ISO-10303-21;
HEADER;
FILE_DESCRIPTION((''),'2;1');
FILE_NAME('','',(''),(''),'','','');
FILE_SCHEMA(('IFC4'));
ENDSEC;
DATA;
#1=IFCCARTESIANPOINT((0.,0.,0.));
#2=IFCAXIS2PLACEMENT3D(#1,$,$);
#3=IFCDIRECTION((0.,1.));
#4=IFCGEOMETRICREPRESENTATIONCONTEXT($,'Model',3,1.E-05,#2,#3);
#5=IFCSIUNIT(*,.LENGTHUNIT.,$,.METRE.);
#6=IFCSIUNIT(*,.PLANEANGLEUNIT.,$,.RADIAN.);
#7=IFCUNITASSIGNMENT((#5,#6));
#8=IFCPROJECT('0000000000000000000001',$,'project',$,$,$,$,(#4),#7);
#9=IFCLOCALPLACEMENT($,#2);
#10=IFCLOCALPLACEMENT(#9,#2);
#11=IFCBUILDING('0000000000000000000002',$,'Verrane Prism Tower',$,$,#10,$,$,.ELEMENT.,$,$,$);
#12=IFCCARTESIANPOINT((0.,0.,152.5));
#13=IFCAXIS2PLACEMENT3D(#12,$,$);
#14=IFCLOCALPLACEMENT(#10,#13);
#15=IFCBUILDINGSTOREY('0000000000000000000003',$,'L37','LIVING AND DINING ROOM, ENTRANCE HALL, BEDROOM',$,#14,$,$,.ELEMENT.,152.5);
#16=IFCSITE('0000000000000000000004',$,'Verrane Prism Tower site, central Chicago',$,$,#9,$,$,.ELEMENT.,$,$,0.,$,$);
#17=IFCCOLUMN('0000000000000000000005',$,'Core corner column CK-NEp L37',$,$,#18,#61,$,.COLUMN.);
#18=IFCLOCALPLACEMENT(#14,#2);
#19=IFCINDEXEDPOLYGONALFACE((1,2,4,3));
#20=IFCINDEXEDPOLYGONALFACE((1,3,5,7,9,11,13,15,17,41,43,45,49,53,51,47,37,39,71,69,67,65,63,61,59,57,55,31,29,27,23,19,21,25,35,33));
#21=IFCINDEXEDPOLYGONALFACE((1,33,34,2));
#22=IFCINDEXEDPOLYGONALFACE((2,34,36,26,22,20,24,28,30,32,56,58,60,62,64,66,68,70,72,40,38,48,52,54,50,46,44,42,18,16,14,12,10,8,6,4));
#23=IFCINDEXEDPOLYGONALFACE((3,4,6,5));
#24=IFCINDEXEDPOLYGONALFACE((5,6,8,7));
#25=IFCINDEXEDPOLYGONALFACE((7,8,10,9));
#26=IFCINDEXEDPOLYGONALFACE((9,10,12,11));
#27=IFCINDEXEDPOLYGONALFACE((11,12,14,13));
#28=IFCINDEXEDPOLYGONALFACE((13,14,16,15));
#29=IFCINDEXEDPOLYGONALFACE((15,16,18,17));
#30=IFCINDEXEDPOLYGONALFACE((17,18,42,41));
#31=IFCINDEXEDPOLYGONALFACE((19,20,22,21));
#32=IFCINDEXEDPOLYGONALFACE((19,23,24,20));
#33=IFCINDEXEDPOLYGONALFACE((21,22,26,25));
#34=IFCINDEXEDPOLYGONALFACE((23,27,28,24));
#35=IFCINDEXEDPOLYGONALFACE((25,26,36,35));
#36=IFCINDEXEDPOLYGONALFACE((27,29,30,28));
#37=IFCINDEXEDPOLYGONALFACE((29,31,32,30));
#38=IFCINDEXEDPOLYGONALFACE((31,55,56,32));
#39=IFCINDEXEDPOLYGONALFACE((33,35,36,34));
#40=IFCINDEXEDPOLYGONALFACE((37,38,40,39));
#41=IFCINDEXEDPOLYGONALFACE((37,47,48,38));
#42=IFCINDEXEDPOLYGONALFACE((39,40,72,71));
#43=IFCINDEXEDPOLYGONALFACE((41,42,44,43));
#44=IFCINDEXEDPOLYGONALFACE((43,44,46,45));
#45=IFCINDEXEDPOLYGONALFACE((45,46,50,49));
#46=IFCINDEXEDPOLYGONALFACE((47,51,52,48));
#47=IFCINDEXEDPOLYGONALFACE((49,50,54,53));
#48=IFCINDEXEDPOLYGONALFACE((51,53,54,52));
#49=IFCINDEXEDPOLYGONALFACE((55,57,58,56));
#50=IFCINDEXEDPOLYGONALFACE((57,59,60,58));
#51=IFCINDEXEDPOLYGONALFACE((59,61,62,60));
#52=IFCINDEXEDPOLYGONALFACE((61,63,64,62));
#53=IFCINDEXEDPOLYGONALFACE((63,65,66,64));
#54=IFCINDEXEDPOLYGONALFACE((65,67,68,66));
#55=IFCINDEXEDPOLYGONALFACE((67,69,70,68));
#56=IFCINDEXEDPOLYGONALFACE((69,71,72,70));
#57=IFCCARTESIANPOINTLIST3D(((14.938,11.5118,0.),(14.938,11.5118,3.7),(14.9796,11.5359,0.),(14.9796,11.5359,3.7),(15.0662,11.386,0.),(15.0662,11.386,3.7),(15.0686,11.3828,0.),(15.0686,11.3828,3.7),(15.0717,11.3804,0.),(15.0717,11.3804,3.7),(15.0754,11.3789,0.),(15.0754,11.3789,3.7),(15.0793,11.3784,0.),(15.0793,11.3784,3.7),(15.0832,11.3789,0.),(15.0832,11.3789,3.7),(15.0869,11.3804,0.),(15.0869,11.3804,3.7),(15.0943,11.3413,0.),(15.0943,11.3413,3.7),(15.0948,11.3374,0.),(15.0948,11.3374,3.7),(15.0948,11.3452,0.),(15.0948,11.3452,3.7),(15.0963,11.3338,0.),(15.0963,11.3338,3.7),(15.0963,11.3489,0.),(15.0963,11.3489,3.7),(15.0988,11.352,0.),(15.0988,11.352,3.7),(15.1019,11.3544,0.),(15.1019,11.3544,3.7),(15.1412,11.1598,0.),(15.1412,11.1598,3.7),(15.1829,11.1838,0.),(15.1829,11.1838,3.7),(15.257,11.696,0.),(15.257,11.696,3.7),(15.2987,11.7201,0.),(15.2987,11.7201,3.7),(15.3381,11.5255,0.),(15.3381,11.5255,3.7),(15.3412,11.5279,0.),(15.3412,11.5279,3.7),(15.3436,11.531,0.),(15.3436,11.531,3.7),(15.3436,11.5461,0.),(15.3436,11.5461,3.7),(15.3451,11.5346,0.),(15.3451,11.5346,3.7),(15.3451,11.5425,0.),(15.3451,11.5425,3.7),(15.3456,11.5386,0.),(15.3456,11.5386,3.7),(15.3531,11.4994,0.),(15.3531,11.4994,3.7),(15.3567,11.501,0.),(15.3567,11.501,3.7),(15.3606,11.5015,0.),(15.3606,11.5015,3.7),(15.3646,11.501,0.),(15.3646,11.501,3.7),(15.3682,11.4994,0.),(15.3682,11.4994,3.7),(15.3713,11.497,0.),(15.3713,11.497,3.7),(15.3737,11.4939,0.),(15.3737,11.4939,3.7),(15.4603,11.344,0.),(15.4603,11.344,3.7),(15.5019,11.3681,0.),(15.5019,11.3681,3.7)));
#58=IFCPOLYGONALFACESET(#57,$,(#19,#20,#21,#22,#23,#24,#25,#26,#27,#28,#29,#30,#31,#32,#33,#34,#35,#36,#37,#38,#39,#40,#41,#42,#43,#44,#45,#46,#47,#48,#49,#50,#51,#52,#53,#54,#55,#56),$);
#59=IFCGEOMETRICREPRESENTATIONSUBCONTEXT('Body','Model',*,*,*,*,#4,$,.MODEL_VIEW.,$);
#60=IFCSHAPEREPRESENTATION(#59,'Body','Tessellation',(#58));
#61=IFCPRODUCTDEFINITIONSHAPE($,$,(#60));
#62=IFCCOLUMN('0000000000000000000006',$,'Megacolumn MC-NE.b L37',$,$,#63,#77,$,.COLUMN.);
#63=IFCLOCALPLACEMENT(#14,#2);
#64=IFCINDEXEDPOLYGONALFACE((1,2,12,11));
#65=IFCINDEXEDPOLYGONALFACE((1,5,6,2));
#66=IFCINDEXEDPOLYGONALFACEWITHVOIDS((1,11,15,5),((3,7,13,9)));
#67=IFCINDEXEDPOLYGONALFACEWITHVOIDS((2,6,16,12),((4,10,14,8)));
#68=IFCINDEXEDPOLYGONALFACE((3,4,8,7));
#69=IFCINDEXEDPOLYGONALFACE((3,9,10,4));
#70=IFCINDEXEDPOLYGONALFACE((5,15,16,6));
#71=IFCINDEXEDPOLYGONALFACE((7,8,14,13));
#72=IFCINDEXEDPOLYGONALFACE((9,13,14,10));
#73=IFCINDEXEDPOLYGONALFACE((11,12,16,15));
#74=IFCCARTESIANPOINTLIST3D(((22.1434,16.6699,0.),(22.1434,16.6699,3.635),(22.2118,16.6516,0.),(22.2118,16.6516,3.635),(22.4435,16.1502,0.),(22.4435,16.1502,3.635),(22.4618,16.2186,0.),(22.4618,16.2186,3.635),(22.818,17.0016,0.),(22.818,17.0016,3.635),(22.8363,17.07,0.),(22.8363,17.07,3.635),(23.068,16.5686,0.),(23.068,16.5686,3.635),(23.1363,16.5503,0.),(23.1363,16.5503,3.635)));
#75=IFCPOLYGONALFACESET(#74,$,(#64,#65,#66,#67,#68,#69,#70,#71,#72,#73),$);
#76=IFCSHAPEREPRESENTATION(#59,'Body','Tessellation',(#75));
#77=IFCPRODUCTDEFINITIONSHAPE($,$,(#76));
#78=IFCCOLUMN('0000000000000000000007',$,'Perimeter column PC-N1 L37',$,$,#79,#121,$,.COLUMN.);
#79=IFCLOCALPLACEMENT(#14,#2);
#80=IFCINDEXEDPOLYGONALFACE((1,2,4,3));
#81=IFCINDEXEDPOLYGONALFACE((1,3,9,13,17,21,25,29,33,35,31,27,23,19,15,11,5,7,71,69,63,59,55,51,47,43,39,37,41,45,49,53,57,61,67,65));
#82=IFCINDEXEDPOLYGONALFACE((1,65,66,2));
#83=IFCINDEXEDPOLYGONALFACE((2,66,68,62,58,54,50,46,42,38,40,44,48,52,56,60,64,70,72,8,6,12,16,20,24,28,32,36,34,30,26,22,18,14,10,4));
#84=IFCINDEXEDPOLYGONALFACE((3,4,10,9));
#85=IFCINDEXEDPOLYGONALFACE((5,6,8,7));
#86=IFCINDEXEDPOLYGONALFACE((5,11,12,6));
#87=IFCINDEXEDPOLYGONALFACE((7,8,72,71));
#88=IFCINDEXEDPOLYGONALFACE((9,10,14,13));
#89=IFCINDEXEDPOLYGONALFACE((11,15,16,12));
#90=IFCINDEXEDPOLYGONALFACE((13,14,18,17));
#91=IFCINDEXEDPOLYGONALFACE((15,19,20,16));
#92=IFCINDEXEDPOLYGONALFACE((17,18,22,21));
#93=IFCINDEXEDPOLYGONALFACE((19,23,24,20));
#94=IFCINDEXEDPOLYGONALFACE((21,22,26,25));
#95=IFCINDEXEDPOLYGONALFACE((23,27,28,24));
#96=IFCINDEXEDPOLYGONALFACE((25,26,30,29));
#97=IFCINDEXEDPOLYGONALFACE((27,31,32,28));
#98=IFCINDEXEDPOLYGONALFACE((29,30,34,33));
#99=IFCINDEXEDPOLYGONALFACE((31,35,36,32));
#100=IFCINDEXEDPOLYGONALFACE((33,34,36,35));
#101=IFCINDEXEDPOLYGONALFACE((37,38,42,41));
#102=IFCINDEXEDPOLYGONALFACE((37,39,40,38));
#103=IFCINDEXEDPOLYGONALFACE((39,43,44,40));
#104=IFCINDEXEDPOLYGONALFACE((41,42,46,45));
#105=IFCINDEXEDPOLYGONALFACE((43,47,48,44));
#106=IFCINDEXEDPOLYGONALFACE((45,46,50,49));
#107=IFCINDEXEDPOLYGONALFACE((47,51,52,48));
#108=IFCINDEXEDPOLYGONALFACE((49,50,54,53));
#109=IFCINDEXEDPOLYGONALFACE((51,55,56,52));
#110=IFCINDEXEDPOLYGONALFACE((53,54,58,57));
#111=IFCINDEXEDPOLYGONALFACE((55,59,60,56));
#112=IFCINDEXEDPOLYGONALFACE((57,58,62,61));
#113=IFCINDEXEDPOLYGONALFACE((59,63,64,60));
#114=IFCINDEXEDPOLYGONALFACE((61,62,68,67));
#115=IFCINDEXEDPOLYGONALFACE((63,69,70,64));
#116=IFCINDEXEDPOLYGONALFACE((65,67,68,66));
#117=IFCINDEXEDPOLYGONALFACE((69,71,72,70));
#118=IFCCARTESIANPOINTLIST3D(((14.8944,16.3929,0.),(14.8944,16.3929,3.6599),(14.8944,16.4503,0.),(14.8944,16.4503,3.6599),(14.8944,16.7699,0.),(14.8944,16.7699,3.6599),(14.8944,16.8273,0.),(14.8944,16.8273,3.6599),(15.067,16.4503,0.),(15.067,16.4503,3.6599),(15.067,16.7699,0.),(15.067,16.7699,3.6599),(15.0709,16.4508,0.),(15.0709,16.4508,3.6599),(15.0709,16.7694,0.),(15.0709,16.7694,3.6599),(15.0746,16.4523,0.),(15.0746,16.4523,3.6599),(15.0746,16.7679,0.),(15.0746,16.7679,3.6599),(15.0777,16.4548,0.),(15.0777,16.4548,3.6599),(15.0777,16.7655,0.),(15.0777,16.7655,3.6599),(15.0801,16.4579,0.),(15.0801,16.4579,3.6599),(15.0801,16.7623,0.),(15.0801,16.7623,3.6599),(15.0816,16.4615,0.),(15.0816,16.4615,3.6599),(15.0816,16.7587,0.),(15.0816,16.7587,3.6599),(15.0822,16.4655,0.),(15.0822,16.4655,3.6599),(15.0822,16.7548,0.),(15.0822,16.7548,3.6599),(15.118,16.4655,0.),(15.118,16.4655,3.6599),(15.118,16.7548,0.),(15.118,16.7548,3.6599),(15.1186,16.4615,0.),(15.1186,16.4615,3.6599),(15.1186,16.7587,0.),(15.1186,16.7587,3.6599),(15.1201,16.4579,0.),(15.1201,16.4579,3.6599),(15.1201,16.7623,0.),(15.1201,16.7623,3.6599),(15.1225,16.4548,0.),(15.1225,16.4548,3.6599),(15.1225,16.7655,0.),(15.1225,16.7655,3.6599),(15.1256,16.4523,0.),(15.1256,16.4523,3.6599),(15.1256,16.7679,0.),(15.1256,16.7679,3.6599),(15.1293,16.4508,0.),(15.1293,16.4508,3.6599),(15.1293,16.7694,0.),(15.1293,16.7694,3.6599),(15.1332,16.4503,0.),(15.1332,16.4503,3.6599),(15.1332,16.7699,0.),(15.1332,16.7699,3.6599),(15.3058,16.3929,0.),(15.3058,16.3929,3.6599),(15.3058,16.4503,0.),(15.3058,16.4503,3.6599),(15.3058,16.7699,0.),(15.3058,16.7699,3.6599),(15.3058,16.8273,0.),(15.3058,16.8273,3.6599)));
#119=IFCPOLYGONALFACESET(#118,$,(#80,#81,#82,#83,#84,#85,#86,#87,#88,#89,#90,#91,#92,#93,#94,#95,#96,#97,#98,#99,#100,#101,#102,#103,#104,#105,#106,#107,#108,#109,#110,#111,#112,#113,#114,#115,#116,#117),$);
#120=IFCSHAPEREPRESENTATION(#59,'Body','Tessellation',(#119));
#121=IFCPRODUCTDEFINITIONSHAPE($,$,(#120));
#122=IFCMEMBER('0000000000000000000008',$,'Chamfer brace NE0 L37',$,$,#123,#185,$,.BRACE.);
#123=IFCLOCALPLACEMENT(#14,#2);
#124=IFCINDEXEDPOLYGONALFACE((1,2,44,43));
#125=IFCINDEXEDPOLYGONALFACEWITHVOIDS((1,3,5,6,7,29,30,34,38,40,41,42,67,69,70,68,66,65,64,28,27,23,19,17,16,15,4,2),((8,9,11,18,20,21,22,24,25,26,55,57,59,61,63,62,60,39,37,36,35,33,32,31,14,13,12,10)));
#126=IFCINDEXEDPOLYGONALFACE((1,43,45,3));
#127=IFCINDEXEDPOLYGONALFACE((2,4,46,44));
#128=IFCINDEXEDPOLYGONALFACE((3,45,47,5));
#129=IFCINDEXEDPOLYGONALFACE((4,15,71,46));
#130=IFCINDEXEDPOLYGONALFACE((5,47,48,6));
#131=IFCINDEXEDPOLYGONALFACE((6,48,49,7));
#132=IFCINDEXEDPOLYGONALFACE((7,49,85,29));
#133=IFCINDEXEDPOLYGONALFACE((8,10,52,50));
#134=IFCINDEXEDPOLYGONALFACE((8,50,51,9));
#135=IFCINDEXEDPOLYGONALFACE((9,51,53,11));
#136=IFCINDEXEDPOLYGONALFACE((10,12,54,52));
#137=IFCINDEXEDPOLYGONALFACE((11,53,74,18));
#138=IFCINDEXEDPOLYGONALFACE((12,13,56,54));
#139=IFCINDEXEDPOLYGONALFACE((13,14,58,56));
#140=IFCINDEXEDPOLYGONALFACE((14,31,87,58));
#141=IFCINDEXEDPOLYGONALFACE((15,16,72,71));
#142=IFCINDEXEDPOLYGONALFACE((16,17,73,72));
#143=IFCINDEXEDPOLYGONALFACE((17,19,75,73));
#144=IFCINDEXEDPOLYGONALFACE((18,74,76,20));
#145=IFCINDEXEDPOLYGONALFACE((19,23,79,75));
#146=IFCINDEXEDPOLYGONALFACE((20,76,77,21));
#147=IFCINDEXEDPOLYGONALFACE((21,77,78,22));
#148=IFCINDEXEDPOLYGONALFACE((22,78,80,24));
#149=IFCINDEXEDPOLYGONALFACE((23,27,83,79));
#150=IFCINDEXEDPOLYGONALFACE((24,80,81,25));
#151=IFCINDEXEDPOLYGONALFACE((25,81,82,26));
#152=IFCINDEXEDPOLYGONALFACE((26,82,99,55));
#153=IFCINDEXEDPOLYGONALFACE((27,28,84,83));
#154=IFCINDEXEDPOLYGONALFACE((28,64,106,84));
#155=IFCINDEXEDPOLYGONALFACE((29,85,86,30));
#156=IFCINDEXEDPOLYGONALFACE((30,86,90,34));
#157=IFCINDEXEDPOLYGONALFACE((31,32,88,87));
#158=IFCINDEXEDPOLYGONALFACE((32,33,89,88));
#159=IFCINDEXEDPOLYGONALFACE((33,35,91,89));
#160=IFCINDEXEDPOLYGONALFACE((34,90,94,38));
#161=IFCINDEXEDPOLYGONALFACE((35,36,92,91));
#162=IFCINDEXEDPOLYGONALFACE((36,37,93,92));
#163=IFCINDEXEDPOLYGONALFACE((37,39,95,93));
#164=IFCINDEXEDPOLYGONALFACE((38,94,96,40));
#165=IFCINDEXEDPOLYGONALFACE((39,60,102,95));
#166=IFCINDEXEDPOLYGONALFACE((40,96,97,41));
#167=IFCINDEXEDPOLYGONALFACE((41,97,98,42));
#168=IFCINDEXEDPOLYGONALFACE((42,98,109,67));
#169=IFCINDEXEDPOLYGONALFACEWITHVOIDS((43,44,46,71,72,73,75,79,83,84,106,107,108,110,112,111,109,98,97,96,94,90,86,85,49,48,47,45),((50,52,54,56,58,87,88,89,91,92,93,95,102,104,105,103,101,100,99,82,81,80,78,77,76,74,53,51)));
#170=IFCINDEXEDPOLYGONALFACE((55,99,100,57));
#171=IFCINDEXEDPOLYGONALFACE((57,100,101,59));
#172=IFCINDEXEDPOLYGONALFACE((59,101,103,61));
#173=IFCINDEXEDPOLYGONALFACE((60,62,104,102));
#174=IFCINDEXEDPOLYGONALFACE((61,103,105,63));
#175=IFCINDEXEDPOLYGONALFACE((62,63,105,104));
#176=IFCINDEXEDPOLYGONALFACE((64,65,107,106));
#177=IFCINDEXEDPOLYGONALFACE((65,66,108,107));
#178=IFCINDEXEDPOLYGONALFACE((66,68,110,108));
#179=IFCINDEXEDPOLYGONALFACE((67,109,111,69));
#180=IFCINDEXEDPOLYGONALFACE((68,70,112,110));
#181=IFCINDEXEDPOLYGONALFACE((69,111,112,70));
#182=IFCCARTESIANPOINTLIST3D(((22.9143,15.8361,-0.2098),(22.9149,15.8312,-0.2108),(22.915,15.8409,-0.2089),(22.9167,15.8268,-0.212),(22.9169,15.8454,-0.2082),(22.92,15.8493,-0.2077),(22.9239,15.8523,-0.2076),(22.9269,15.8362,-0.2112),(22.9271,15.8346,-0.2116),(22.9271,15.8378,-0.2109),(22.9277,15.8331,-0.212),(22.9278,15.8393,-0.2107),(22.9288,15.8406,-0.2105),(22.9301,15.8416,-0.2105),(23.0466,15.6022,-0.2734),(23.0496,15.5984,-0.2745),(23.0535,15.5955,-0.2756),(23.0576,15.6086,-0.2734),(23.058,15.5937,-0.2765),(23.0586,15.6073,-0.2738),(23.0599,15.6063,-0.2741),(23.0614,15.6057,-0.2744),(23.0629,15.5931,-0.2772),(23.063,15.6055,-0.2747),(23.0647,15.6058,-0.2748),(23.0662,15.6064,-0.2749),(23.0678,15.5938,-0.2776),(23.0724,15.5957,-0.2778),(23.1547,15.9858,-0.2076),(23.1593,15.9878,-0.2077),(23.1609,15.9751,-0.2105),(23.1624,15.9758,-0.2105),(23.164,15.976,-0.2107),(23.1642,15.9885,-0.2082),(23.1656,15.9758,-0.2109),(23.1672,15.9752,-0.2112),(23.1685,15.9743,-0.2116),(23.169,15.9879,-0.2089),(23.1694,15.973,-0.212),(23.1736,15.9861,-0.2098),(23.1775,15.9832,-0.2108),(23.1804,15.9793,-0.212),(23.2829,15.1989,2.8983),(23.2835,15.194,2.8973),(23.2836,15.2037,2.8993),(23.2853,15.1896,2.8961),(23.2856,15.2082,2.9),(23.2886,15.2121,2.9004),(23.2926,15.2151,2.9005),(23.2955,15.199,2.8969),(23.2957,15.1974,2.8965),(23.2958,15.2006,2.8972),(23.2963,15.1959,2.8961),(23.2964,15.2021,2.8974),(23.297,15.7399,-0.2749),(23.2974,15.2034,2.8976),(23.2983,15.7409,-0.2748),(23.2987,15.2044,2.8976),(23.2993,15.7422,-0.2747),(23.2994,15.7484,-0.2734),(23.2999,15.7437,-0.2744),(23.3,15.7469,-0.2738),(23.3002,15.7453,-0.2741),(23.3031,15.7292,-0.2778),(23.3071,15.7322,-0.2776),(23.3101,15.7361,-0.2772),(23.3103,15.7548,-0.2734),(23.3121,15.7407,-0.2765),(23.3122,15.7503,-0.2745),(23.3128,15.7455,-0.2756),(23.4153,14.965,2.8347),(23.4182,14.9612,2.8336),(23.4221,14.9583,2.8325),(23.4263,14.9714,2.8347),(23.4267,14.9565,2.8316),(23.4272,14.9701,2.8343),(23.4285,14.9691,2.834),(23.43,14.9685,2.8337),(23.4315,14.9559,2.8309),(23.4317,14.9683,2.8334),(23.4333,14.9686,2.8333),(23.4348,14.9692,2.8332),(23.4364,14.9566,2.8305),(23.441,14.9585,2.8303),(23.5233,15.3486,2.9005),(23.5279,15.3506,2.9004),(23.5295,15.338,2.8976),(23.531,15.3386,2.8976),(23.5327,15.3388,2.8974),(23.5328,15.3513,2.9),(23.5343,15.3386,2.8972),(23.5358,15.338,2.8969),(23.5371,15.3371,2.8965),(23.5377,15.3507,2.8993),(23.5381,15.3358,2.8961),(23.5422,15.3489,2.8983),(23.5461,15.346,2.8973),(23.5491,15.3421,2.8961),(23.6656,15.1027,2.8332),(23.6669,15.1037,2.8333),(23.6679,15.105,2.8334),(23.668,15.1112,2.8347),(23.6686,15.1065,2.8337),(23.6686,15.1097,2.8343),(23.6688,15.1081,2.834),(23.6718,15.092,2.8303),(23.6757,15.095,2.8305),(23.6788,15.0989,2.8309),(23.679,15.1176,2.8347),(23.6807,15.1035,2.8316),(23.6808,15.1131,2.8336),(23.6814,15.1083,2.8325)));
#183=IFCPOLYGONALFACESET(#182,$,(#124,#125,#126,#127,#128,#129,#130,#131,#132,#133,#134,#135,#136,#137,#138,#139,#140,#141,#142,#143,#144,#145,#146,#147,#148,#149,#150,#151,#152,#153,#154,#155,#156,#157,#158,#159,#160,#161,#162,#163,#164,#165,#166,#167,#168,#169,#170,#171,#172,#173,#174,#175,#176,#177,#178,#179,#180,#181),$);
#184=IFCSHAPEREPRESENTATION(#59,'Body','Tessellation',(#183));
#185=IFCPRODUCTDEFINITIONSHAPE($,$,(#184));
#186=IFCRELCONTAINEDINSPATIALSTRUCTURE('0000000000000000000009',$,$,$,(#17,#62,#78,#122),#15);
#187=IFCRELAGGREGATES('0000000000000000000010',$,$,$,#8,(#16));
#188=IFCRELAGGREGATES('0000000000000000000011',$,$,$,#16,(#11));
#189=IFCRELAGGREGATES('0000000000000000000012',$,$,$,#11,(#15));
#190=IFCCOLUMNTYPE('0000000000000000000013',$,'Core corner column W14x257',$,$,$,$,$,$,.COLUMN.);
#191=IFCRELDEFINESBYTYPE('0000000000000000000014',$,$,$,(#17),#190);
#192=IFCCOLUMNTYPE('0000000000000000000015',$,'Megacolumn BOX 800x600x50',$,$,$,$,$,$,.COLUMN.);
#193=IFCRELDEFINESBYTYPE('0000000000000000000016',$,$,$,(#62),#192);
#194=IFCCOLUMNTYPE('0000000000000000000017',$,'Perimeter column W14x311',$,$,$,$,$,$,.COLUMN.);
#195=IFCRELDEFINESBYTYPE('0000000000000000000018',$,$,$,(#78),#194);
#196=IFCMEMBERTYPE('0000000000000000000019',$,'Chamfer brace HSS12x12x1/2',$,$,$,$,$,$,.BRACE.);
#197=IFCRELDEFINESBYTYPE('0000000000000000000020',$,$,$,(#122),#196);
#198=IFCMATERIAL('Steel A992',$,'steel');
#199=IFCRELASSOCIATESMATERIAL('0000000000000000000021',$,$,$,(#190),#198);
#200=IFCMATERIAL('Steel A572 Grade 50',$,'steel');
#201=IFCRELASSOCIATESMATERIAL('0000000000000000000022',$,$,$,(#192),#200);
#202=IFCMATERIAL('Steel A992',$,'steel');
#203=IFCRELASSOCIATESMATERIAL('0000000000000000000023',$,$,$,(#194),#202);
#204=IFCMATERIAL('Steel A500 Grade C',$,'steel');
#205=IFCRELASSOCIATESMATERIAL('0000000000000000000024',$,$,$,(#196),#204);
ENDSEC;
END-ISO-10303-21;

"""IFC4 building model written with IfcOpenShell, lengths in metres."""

from ifc_helpers import new_model, si_unit, direction, frame, origin, origin_2d, place, context, subcontext, project, spatial, hollow_rectangle, i_section, extrude, material, material_profile, profile_set, type_object, element, save


model = new_model("IFC4")

# Units and contexts
model_context = context("Model", 3, precision=1e-05, world=origin(), true_north=direction((0.0, 1.0)))
body_context = subcontext(model_context, "Body", "Model", "MODEL_VIEW")
ifc_project = project(units=[si_unit("LENGTHUNIT", "METRE"), si_unit("PLANEANGLEUNIT", "RADIAN")], contexts=[model_context])

# Site, building, storey
site_placement = place(None, origin())
site = spatial("IfcSite", under=ifc_project, at=site_placement, Name="Verrane Prism Tower site, central Chicago", CompositionType="ELEMENT", RefElevation=0.0)
building_placement = place(site_placement, origin())
building = spatial("IfcBuilding", under=site, at=building_placement, Name="Verrane Prism Tower", CompositionType="ELEMENT")
storey_placement = place(building_placement, frame((0.0, 0.0, 152.5)))
storey = spatial("IfcBuildingStorey", under=building, at=storey_placement, Name="L37", Description="LIVING AND DINING ROOM, ENTRANCE HALL, BEDROOM", CompositionType="ELEMENT", Elevation=152.5)

# Columns
ifc_material_1 = material(Name="Steel A992", Category="steel")
ifc_material_profile_1 = material_profile(ifc_material_1, i_section(OverallWidth=0.4065, OverallDepth=0.4165, WebThickness=0.03, FlangeThickness=0.0481, FilletRadius=0.0151, at=origin_2d()), Name="W14x257")
ifc_profile_set_1 = profile_set([ifc_material_profile_1], Name="Steel A992")
column_type_1 = type_object("IfcColumnType", Name="Core corner column W14x257", PredefinedType="COLUMN", material=ifc_profile_set_1)
column_1_placement = place(storey_placement, frame((15.22, 11.4399, 0.0), z_axis=(0.0, 0.0, 1.0), x_axis=(0.5, -0.866025, 0.0)))
element("IfcColumn", 1, at=column_1_placement, inside=storey, type_object=column_type_1, Name="Core corner column CK-NEp L37", PredefinedType="COLUMN", context=body_context, shape_type="SweptSolid", body=[
    extrude(i_section(OverallWidth=0.4065, OverallDepth=0.4165, WebThickness=0.03, FlangeThickness=0.0481, FilletRadius=0.0151, at=origin_2d()), origin(), (0.0, 0.0, 1.0), 3.7),
])
ifc_material_2 = material(Name="Steel A572 Grade 50", Category="steel")
ifc_material_profile_2 = material_profile(ifc_material_2, hollow_rectangle(XDim=0.6001, YDim=0.8, WallThickness=0.05, at=origin_2d()), Name="BOX 800x600x50")
ifc_profile_set_2 = profile_set([ifc_material_profile_2], Name="Steel A572 Grade 50")
column_type_2 = type_object("IfcColumnType", Name="Megacolumn BOX 800x600x50", PredefinedType="COLUMN", material=ifc_profile_set_2)
column_2_placement = place(storey_placement, frame((22.6399, 16.6101, 0.0), z_axis=(0.0, 0.0, 1.0), x_axis=(0.5, -0.866025, 0.0)))
element("IfcColumn", 2, at=column_2_placement, inside=storey, type_object=column_type_2, Name="Megacolumn MC-NE.b L37", PredefinedType="COLUMN", context=body_context, shape_type="SweptSolid", body=[
    extrude(hollow_rectangle(XDim=0.6001, YDim=0.8, WallThickness=0.05, at=origin_2d()), origin(), (0.0, 0.0, 1.0), 3.635),
])
ifc_material_3 = material(Name="Steel A992", Category="steel")
ifc_material_profile_3 = material_profile(ifc_material_3, i_section(OverallWidth=0.4114, OverallDepth=0.4343, WebThickness=0.0359, FlangeThickness=0.0574, FilletRadius=0.0151, at=origin_2d()), Name="W14x311")
ifc_profile_set_3 = profile_set([ifc_material_profile_3], Name="Steel A992")
column_type_3 = type_object("IfcColumnType", Name="Perimeter column W14x311", PredefinedType="COLUMN", material=ifc_profile_set_3)
column_3_placement = place(storey_placement, frame((15.1001, 16.6101, 0.0), z_axis=(0.0, 0.0, 1.0), x_axis=(1.0, 0.0, 0.0)))
element("IfcColumn", 3, at=column_3_placement, inside=storey, type_object=column_type_3, Name="Perimeter column PC-N1 L37", PredefinedType="COLUMN", context=body_context, shape_type="SweptSolid", body=[
    extrude(i_section(OverallWidth=0.4114, OverallDepth=0.4343, WebThickness=0.0359, FlangeThickness=0.0574, FilletRadius=0.0151, at=origin_2d()), origin(), (0.0, 0.0, 1.0), 3.6599),
])

# Member
ifc_material_4 = material(Name="Steel A500 Grade C", Category="steel")
ifc_material_profile_4 = material_profile(ifc_material_4, hollow_rectangle(XDim=0.3047, YDim=0.3047, WallThickness=0.0127, InnerFilletRadius=0.0063, OuterFilletRadius=0.019, at=origin_2d()), Name="HSS12x12x1/2")
ifc_profile_set_4 = profile_set([ifc_material_profile_4], Name="Steel A500 Grade C")
member_type_1 = type_object("IfcMemberType", Name="Chamfer brace HSS12x12x1/2", PredefinedType="BRACE", material=ifc_profile_set_4)
member_1_placement = place(storey_placement, frame((23.1135, 15.7908, -0.2427), z_axis=(0.115415, -0.199492, 0.973079), x_axis=(0.865578, 0.500775, 0.0)))
element("IfcMember", 4, at=member_1_placement, inside=storey, type_object=member_type_1, Name="Chamfer brace NE0 L37", PredefinedType="BRACE", context=body_context, shape_type="SweptSolid", body=[
    extrude(hollow_rectangle(XDim=0.3047, YDim=0.3047, WallThickness=0.0127, InnerFilletRadius=0.0063, OuterFilletRadius=0.019, at=origin_2d()), origin(), (0.0, 0.0, 1.0), 3.1941),
])

save(model, "model.ifc")
